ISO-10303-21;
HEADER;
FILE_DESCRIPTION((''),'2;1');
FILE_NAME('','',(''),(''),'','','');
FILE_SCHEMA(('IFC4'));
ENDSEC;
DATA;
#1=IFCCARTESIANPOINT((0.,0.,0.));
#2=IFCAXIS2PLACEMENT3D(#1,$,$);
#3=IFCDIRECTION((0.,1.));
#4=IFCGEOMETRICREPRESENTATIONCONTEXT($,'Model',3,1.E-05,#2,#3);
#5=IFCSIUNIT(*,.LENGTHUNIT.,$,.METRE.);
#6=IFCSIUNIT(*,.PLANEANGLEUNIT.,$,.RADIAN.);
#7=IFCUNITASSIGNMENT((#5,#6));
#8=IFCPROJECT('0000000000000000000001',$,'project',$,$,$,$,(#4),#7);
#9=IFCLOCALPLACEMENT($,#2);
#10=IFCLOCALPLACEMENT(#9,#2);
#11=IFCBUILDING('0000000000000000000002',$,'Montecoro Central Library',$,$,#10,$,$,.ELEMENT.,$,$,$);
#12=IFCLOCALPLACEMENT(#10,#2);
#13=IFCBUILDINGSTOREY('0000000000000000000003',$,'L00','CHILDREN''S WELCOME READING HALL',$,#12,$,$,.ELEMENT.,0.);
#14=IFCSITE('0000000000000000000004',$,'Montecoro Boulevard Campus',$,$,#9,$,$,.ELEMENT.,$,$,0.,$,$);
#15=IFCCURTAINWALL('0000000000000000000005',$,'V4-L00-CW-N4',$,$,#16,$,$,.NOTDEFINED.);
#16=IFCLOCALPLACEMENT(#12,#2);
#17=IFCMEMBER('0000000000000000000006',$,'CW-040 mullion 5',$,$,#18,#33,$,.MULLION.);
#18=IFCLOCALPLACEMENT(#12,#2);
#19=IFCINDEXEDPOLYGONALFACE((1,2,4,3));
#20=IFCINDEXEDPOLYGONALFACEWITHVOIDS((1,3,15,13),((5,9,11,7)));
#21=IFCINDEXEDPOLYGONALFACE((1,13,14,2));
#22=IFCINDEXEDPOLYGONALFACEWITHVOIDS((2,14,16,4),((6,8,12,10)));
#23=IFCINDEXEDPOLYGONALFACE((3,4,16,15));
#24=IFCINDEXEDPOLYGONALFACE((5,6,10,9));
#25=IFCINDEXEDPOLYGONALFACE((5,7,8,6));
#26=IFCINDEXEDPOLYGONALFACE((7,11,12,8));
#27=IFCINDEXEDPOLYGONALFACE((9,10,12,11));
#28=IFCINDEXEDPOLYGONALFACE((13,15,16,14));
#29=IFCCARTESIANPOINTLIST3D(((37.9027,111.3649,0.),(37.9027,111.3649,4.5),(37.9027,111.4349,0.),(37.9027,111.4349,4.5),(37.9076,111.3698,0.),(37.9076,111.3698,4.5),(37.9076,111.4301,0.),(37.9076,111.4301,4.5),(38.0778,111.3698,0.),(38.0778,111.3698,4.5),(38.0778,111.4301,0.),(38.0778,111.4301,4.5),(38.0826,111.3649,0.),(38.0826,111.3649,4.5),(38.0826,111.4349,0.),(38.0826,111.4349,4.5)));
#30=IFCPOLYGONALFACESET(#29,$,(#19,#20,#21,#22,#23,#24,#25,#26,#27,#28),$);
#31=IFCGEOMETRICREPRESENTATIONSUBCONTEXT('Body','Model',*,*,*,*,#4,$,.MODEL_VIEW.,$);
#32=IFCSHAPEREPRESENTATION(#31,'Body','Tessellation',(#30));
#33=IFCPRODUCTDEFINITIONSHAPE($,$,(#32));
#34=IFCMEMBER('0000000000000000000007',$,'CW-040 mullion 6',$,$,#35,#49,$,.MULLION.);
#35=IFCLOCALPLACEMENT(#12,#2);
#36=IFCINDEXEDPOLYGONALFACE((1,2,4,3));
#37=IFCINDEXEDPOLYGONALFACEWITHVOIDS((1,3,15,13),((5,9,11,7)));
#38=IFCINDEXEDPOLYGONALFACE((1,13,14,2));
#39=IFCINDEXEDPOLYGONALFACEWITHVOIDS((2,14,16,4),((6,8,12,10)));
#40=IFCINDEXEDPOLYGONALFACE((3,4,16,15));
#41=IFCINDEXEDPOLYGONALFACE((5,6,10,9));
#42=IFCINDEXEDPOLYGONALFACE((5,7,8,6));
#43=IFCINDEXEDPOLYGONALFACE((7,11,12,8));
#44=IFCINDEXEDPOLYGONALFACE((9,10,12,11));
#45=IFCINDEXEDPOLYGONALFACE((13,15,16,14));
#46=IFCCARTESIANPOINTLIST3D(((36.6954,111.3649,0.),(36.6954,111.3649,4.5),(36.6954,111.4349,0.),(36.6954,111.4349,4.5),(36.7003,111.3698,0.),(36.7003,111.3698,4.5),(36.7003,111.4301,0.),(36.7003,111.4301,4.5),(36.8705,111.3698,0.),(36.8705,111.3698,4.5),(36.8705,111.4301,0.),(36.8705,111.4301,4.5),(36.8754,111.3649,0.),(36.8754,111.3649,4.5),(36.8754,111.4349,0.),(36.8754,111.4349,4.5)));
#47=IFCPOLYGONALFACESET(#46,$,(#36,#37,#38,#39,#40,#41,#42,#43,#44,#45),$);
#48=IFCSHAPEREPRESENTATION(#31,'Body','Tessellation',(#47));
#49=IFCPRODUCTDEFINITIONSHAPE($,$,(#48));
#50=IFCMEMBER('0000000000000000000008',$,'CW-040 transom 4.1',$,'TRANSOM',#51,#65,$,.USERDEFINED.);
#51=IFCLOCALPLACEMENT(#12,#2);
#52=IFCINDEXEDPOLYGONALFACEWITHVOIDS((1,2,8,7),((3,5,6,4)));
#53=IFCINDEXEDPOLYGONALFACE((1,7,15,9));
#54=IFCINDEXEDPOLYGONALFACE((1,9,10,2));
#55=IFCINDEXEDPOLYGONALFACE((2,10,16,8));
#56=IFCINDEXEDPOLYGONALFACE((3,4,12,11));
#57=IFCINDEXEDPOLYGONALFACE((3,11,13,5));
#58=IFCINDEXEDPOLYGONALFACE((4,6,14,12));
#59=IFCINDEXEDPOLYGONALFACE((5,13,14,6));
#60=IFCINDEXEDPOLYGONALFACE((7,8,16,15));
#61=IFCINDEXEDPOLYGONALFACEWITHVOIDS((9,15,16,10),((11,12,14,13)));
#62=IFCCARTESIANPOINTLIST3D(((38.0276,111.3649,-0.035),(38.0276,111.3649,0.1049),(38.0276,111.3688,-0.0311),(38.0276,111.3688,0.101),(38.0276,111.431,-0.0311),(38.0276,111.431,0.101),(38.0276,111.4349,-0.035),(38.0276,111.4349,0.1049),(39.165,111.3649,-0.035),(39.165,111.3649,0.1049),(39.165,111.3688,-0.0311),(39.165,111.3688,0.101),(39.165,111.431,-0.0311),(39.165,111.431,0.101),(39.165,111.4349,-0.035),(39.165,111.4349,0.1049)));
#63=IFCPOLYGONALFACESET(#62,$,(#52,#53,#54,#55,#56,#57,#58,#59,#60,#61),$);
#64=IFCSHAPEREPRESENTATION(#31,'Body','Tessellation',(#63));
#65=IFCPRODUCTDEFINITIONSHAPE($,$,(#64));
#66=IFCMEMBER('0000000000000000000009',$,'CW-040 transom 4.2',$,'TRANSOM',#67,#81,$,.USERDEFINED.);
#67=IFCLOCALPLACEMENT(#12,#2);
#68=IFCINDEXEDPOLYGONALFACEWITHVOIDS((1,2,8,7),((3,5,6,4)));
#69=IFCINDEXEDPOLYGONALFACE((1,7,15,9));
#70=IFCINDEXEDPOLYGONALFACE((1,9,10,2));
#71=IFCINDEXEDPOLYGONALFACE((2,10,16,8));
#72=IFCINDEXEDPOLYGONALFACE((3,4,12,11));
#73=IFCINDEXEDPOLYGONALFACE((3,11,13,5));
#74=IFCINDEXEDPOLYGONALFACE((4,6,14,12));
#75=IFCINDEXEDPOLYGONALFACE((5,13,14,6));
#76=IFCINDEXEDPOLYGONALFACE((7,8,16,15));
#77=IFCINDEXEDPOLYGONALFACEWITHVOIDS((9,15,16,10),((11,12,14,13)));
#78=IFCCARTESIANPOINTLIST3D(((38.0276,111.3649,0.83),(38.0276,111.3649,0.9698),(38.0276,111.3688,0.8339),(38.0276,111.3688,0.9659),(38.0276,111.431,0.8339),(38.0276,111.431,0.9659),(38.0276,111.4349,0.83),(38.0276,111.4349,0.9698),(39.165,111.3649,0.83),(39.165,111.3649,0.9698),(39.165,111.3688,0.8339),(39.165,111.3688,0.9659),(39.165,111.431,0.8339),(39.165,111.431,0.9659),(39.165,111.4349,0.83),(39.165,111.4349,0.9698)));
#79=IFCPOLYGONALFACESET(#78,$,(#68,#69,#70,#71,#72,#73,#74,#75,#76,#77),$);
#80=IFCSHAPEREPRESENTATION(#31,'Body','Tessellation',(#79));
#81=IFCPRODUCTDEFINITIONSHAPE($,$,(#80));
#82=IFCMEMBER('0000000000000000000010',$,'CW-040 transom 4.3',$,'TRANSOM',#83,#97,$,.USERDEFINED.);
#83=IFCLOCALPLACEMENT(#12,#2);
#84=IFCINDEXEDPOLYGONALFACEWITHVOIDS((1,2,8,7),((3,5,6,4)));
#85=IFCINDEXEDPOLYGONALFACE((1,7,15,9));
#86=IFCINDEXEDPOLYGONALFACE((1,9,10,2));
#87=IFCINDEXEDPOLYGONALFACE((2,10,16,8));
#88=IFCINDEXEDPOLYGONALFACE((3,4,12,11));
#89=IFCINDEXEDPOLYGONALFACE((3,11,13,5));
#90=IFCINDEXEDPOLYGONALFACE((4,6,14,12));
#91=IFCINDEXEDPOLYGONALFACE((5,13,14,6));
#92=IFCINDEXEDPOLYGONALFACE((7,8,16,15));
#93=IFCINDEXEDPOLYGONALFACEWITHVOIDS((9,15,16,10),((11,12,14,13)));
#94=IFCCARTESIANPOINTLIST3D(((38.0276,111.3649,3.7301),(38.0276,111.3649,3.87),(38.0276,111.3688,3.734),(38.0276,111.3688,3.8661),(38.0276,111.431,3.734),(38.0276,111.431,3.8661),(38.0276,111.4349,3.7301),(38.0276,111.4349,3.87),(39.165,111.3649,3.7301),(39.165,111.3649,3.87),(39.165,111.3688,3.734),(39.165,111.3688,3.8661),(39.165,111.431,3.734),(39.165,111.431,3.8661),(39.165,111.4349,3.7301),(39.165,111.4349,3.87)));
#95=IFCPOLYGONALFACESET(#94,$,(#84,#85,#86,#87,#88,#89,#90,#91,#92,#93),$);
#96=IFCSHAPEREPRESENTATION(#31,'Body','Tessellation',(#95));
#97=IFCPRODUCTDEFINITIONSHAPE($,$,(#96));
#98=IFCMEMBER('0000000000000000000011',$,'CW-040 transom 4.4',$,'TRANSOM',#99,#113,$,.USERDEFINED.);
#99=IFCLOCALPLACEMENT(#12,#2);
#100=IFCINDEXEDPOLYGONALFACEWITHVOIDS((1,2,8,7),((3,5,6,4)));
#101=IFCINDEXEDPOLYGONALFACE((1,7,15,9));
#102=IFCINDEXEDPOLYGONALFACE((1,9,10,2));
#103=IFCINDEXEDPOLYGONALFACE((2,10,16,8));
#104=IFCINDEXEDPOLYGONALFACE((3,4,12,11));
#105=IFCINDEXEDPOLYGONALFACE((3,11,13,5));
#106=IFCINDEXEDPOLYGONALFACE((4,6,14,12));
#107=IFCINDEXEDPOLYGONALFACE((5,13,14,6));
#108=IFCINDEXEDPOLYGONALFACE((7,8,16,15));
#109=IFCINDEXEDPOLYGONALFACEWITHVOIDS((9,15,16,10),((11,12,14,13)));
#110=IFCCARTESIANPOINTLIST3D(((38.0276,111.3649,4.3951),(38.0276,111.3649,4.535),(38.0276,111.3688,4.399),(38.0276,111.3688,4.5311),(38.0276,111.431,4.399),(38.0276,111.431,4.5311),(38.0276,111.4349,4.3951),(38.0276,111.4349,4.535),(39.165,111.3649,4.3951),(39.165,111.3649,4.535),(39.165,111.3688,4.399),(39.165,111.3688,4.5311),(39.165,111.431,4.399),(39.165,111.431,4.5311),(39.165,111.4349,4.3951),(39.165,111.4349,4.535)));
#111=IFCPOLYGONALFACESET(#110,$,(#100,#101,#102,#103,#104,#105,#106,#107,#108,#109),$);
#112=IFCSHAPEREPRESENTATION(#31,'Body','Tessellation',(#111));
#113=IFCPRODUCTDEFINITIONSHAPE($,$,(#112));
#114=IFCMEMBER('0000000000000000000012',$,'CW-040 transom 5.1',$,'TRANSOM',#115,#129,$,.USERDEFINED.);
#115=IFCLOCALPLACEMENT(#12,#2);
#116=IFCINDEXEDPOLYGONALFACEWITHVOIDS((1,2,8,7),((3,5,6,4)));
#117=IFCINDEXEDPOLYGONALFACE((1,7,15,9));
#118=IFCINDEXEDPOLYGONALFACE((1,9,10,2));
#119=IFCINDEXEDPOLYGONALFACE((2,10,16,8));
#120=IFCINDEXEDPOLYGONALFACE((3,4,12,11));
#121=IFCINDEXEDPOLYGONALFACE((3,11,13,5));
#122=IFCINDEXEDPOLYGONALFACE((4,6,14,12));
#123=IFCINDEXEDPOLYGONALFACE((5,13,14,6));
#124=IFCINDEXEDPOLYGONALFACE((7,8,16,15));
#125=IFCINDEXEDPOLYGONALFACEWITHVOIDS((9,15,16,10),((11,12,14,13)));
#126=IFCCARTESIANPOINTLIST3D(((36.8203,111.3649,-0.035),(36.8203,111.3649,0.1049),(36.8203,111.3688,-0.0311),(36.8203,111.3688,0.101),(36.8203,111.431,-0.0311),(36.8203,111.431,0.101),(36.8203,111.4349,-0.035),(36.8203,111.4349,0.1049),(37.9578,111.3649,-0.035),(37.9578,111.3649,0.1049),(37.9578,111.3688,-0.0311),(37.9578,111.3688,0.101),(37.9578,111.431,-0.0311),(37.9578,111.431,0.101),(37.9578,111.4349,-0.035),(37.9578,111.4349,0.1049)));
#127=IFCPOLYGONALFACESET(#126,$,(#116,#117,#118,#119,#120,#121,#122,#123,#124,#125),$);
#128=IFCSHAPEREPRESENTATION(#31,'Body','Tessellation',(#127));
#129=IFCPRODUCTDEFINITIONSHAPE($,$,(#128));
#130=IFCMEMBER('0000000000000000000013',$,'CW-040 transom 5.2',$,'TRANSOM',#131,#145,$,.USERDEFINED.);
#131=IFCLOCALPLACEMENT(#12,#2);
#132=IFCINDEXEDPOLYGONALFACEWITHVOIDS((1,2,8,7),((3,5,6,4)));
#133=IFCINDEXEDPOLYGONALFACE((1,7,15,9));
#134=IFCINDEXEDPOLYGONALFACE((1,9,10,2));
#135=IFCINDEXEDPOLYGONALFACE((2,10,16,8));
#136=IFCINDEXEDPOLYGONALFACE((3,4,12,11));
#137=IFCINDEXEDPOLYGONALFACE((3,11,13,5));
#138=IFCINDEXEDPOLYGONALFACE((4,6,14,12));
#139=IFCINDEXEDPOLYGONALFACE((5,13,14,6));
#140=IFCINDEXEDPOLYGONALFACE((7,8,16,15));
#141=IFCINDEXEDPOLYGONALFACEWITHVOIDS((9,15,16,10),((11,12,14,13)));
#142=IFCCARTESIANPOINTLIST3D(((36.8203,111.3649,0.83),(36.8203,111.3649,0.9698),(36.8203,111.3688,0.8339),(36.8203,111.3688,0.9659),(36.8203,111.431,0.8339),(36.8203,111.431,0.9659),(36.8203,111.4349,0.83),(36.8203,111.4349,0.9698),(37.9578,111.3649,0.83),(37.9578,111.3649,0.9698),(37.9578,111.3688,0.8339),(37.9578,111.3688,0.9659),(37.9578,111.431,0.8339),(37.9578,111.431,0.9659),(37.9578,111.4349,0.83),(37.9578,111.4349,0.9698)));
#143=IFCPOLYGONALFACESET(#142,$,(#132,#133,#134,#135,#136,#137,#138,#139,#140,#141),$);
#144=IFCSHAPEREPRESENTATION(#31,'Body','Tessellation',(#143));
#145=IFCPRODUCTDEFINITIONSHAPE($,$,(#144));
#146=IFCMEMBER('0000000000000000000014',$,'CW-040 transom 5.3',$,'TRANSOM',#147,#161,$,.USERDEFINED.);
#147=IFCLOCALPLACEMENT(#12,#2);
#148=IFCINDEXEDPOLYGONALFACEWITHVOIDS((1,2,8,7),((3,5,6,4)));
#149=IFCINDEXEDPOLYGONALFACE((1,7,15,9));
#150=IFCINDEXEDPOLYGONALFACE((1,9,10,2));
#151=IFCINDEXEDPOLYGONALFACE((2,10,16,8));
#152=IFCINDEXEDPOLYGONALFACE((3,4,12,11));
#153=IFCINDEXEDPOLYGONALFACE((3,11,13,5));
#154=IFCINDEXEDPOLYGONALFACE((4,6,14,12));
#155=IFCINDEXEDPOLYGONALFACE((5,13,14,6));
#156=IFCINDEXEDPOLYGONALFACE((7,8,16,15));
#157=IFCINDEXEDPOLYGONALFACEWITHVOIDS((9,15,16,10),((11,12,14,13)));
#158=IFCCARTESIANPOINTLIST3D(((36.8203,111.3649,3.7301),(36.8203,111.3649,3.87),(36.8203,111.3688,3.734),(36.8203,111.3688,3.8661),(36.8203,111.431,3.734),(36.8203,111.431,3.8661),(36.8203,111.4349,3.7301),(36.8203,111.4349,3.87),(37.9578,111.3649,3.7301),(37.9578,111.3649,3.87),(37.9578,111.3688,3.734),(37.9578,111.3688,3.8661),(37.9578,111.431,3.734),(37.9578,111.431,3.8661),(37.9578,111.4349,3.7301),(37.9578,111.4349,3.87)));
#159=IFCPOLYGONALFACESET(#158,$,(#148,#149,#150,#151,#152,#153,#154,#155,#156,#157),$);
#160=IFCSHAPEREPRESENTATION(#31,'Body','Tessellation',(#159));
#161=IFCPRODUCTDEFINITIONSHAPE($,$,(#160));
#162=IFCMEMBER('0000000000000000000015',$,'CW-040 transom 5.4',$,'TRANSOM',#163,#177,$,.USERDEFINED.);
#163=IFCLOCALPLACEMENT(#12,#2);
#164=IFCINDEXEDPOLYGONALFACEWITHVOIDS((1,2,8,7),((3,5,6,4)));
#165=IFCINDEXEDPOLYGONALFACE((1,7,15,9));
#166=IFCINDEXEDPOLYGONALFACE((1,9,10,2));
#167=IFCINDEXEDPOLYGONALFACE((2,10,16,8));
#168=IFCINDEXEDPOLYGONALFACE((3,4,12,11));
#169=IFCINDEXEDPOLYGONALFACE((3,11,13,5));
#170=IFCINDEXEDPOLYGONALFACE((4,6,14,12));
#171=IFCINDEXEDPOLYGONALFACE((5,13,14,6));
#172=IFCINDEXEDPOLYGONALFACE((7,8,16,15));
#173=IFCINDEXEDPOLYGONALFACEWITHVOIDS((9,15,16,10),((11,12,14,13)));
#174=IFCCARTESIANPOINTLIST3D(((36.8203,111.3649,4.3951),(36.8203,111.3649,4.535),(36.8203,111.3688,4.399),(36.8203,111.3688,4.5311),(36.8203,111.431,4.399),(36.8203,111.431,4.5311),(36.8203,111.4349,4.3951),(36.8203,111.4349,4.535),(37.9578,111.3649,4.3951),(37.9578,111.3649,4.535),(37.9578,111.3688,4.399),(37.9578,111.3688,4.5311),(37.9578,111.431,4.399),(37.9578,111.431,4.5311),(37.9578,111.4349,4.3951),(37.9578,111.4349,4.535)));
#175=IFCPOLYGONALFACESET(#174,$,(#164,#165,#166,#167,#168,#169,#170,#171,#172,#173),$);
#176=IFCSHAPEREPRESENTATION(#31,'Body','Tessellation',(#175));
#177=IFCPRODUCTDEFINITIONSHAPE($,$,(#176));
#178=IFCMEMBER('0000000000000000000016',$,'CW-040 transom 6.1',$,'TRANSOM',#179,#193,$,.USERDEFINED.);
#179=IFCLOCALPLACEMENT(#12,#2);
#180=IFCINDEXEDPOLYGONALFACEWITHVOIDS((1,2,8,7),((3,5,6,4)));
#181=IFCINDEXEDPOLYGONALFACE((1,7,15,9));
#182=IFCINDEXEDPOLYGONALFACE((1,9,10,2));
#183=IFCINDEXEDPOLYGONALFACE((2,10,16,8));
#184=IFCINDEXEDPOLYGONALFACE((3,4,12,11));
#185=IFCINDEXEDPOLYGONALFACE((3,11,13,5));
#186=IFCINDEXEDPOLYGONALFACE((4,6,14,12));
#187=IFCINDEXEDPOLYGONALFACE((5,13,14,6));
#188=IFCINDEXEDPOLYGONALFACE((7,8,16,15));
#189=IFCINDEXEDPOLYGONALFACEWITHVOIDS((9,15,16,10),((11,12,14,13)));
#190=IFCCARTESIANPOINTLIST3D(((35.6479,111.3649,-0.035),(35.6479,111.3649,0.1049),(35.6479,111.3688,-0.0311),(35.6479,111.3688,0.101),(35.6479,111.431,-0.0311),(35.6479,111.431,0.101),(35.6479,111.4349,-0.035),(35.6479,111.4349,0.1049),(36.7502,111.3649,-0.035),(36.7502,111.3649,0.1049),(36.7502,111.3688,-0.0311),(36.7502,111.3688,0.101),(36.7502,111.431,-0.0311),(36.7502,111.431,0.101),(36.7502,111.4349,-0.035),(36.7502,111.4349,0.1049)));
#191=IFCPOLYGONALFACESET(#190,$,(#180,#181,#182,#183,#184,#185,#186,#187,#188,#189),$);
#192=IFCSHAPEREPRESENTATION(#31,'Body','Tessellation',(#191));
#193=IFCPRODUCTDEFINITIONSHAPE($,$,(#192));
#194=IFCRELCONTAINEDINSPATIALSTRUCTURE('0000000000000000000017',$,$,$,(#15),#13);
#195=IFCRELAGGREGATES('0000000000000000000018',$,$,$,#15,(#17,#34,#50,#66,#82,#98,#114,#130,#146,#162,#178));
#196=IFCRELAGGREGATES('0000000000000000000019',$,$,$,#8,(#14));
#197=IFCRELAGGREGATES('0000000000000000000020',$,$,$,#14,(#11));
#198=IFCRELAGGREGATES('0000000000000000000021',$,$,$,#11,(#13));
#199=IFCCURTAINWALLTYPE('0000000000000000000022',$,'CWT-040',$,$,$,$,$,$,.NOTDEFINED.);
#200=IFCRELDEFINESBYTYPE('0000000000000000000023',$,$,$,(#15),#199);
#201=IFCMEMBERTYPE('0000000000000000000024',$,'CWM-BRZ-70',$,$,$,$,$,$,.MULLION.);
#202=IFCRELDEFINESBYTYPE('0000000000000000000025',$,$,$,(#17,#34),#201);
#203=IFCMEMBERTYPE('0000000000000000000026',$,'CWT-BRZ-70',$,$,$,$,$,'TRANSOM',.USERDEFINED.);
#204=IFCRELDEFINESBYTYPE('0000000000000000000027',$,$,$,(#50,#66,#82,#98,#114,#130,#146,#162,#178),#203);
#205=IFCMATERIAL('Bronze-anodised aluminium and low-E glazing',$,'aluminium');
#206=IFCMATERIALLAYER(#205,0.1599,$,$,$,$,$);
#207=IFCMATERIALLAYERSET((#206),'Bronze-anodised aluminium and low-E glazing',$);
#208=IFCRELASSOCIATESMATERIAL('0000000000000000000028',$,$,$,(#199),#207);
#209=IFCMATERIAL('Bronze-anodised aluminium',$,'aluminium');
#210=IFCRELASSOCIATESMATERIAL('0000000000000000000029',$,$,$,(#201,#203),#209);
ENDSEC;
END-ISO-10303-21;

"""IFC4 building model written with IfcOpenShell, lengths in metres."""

from ifc_helpers import new_model, si_unit, direction, frame, origin, origin_2d, place, context, subcontext, project, spatial, hollow_rectangle, extrude, material, layer, layer_set, material_profile, profile_set, type_object, element, aggregate, save


model = new_model("IFC4")

# Units and contexts
model_context = context("Model", 3, precision=1e-05, world=origin(), true_north=direction((0.0, 1.0)))
body_context = subcontext(model_context, "Body", "Model", "MODEL_VIEW")
ifc_project = project(units=[si_unit("LENGTHUNIT", "METRE"), si_unit("PLANEANGLEUNIT", "RADIAN")], contexts=[model_context])

# Site, building, storey
site_placement = place(None, origin())
site = spatial("IfcSite", under=ifc_project, at=site_placement, Name="Montecoro Boulevard Campus", CompositionType="ELEMENT", RefElevation=0.0)
building_placement = place(site_placement, origin())
building = spatial("IfcBuilding", under=site, at=building_placement, Name="Montecoro Central Library", CompositionType="ELEMENT")
storey_placement = place(building_placement, origin())
storey = spatial("IfcBuildingStorey", under=building, at=storey_placement, Name="L00", Description="CHILDREN'S WELCOME READING HALL", CompositionType="ELEMENT", Elevation=0.0)

# Curtain wall, members
ifc_material_1 = material(Name="Bronze-anodised aluminium and low-E glazing", Category="aluminium")
ifc_layer_1 = layer(ifc_material_1, 0.1599)
ifc_layer_set_1 = layer_set([ifc_layer_1], Name="Bronze-anodised aluminium and low-E glazing")
curtain_wall_type = type_object("IfcCurtainWallType", Name="CWT-040", PredefinedType="NOTDEFINED", material=ifc_layer_set_1)
curtain_wall_placement = place(storey_placement, origin())
curtain_wall = element("IfcCurtainWall", 1, at=curtain_wall_placement, inside=storey, type_object=curtain_wall_type, Name="V4-L00-CW-N4", PredefinedType="NOTDEFINED")
ifc_material_2 = material(Name="Bronze-anodised aluminium", Category="aluminium")
ifc_material_profile_1 = material_profile(ifc_material_2, hollow_rectangle(XDim=0.0701, YDim=0.1799, WallThickness=0.0049, at=origin_2d()), Name="CWM 180x70x5.0")
ifc_profile_set_1 = profile_set([ifc_material_profile_1], Name="Bronze-anodised aluminium")
member_type_1 = type_object("IfcMemberType", Name="CWM-BRZ-70", PredefinedType="MULLION", material=ifc_profile_set_1)
member_1_placement = place(storey_placement, frame((37.9927, 111.3999, 0.0), z_axis=(0.0, 0.0, 1.0), x_axis=(0.0, -1.0, 0.0)))
member_1 = element("IfcMember", 2, at=member_1_placement, type_object=member_type_1, Name="CW-040 mullion 5", PredefinedType="MULLION", context=body_context, shape_type="SweptSolid", body=[
    extrude(hollow_rectangle(XDim=0.0701, YDim=0.1799, WallThickness=0.0049, at=origin_2d()), origin(), (0.0, 0.0, 1.0), 4.5),
])
member_2_placement = place(storey_placement, frame((36.7854, 111.3999, 0.0), z_axis=(0.0, 0.0, 1.0), x_axis=(0.0, -1.0, 0.0)))
member_2 = element("IfcMember", 3, at=member_2_placement, type_object=member_type_1, Name="CW-040 mullion 6", PredefinedType="MULLION", context=body_context, shape_type="SweptSolid", body=[
    extrude(hollow_rectangle(XDim=0.0701, YDim=0.1799, WallThickness=0.0049, at=origin_2d()), origin(), (0.0, 0.0, 1.0), 4.5),
])
ifc_material_profile_2 = material_profile(ifc_material_2, hollow_rectangle(XDim=0.0701, YDim=0.1399, WallThickness=0.0039, at=origin_2d()), Name="CWT 140x70x4.0")
ifc_profile_set_2 = profile_set([ifc_material_profile_2], Name="Bronze-anodised aluminium")
member_type_2 = type_object("IfcMemberType", Name="CWT-BRZ-70", ElementType="TRANSOM", PredefinedType="USERDEFINED", material=ifc_profile_set_2)
member_3_placement = place(storey_placement, frame((39.165, 111.3999, 0.0349), z_axis=(-1.0, 0.0, 0.0), x_axis=(0.0, -1.0, 0.0)))
member_3 = element("IfcMember", 4, at=member_3_placement, type_object=member_type_2, Name="CW-040 transom 4.1", ObjectType="TRANSOM", PredefinedType="USERDEFINED", context=body_context, shape_type="SweptSolid", body=[
    extrude(hollow_rectangle(XDim=0.0701, YDim=0.1399, WallThickness=0.0039, at=origin_2d()), origin(), (0.0, 0.0, 1.0), 1.1375),
])
member_4_placement = place(storey_placement, frame((39.165, 111.3999, 0.8999), z_axis=(-1.0, 0.0, 0.0), x_axis=(0.0, -1.0, 0.0)))
member_4 = element("IfcMember", 5, at=member_4_placement, type_object=member_type_2, Name="CW-040 transom 4.2", ObjectType="TRANSOM", PredefinedType="USERDEFINED", context=body_context, shape_type="SweptSolid", body=[
    extrude(hollow_rectangle(XDim=0.0701, YDim=0.1399, WallThickness=0.0039, at=origin_2d()), origin(), (0.0, 0.0, 1.0), 1.1375),
])
member_5_placement = place(storey_placement, frame((39.165, 111.3999, 3.8), z_axis=(-1.0, 0.0, 0.0), x_axis=(0.0, -1.0, 0.0)))
member_5 = element("IfcMember", 6, at=member_5_placement, type_object=member_type_2, Name="CW-040 transom 4.3", ObjectType="TRANSOM", PredefinedType="USERDEFINED", context=body_context, shape_type="SweptSolid", body=[
    extrude(hollow_rectangle(XDim=0.0701, YDim=0.1399, WallThickness=0.0039, at=origin_2d()), origin(), (0.0, 0.0, 1.0), 1.1375),
])
member_6_placement = place(storey_placement, frame((39.165, 111.3999, 4.4651), z_axis=(-1.0, 0.0, 0.0), x_axis=(0.0, -1.0, 0.0)))
member_6 = element("IfcMember", 7, at=member_6_placement, type_object=member_type_2, Name="CW-040 transom 4.4", ObjectType="TRANSOM", PredefinedType="USERDEFINED", context=body_context, shape_type="SweptSolid", body=[
    extrude(hollow_rectangle(XDim=0.0701, YDim=0.1399, WallThickness=0.0039, at=origin_2d()), origin(), (0.0, 0.0, 1.0), 1.1375),
])
member_7_placement = place(storey_placement, frame((37.9578, 111.3999, 0.0349), z_axis=(-1.0, 0.0, 0.0), x_axis=(0.0, -1.0, 0.0)))
member_7 = element("IfcMember", 8, at=member_7_placement, type_object=member_type_2, Name="CW-040 transom 5.1", ObjectType="TRANSOM", PredefinedType="USERDEFINED", context=body_context, shape_type="SweptSolid", body=[
    extrude(hollow_rectangle(XDim=0.0701, YDim=0.1399, WallThickness=0.0039, at=origin_2d()), origin(), (0.0, 0.0, 1.0), 1.1375),
])
member_8_placement = place(storey_placement, frame((37.9578, 111.3999, 0.8999), z_axis=(-1.0, 0.0, 0.0), x_axis=(0.0, -1.0, 0.0)))
member_8 = element("IfcMember", 9, at=member_8_placement, type_object=member_type_2, Name="CW-040 transom 5.2", ObjectType="TRANSOM", PredefinedType="USERDEFINED", context=body_context, shape_type="SweptSolid", body=[
    extrude(hollow_rectangle(XDim=0.0701, YDim=0.1399, WallThickness=0.0039, at=origin_2d()), origin(), (0.0, 0.0, 1.0), 1.1375),
])
member_9_placement = place(storey_placement, frame((37.9578, 111.3999, 3.8), z_axis=(-1.0, 0.0, 0.0), x_axis=(0.0, -1.0, 0.0)))
member_9 = element("IfcMember", 10, at=member_9_placement, type_object=member_type_2, Name="CW-040 transom 5.3", ObjectType="TRANSOM", PredefinedType="USERDEFINED", context=body_context, shape_type="SweptSolid", body=[
    extrude(hollow_rectangle(XDim=0.0701, YDim=0.1399, WallThickness=0.0039, at=origin_2d()), origin(), (0.0, 0.0, 1.0), 1.1375),
])
member_10_placement = place(storey_placement, frame((37.9578, 111.3999, 4.4651), z_axis=(-1.0, 0.0, 0.0), x_axis=(0.0, -1.0, 0.0)))
member_10 = element("IfcMember", 11, at=member_10_placement, type_object=member_type_2, Name="CW-040 transom 5.4", ObjectType="TRANSOM", PredefinedType="USERDEFINED", context=body_context, shape_type="SweptSolid", body=[
    extrude(hollow_rectangle(XDim=0.0701, YDim=0.1399, WallThickness=0.0039, at=origin_2d()), origin(), (0.0, 0.0, 1.0), 1.1375),
])
member_11_placement = place(storey_placement, frame((36.7502, 111.3999, 0.0349), z_axis=(-1.0, 0.0, 0.0), x_axis=(0.0, -1.0, 0.0)))
member_11 = element("IfcMember", 12, at=member_11_placement, type_object=member_type_2, Name="CW-040 transom 6.1", ObjectType="TRANSOM", PredefinedType="USERDEFINED", context=body_context, shape_type="SweptSolid", body=[
    extrude(hollow_rectangle(XDim=0.0701, YDim=0.1399, WallThickness=0.0039, at=origin_2d()), origin(), (0.0, 0.0, 1.0), 1.1023),
])
aggregate(curtain_wall, [member_1, member_2, member_3, member_4, member_5, member_6, member_7, member_8, member_9, member_10, member_11])

save(model, "model.ifc")
